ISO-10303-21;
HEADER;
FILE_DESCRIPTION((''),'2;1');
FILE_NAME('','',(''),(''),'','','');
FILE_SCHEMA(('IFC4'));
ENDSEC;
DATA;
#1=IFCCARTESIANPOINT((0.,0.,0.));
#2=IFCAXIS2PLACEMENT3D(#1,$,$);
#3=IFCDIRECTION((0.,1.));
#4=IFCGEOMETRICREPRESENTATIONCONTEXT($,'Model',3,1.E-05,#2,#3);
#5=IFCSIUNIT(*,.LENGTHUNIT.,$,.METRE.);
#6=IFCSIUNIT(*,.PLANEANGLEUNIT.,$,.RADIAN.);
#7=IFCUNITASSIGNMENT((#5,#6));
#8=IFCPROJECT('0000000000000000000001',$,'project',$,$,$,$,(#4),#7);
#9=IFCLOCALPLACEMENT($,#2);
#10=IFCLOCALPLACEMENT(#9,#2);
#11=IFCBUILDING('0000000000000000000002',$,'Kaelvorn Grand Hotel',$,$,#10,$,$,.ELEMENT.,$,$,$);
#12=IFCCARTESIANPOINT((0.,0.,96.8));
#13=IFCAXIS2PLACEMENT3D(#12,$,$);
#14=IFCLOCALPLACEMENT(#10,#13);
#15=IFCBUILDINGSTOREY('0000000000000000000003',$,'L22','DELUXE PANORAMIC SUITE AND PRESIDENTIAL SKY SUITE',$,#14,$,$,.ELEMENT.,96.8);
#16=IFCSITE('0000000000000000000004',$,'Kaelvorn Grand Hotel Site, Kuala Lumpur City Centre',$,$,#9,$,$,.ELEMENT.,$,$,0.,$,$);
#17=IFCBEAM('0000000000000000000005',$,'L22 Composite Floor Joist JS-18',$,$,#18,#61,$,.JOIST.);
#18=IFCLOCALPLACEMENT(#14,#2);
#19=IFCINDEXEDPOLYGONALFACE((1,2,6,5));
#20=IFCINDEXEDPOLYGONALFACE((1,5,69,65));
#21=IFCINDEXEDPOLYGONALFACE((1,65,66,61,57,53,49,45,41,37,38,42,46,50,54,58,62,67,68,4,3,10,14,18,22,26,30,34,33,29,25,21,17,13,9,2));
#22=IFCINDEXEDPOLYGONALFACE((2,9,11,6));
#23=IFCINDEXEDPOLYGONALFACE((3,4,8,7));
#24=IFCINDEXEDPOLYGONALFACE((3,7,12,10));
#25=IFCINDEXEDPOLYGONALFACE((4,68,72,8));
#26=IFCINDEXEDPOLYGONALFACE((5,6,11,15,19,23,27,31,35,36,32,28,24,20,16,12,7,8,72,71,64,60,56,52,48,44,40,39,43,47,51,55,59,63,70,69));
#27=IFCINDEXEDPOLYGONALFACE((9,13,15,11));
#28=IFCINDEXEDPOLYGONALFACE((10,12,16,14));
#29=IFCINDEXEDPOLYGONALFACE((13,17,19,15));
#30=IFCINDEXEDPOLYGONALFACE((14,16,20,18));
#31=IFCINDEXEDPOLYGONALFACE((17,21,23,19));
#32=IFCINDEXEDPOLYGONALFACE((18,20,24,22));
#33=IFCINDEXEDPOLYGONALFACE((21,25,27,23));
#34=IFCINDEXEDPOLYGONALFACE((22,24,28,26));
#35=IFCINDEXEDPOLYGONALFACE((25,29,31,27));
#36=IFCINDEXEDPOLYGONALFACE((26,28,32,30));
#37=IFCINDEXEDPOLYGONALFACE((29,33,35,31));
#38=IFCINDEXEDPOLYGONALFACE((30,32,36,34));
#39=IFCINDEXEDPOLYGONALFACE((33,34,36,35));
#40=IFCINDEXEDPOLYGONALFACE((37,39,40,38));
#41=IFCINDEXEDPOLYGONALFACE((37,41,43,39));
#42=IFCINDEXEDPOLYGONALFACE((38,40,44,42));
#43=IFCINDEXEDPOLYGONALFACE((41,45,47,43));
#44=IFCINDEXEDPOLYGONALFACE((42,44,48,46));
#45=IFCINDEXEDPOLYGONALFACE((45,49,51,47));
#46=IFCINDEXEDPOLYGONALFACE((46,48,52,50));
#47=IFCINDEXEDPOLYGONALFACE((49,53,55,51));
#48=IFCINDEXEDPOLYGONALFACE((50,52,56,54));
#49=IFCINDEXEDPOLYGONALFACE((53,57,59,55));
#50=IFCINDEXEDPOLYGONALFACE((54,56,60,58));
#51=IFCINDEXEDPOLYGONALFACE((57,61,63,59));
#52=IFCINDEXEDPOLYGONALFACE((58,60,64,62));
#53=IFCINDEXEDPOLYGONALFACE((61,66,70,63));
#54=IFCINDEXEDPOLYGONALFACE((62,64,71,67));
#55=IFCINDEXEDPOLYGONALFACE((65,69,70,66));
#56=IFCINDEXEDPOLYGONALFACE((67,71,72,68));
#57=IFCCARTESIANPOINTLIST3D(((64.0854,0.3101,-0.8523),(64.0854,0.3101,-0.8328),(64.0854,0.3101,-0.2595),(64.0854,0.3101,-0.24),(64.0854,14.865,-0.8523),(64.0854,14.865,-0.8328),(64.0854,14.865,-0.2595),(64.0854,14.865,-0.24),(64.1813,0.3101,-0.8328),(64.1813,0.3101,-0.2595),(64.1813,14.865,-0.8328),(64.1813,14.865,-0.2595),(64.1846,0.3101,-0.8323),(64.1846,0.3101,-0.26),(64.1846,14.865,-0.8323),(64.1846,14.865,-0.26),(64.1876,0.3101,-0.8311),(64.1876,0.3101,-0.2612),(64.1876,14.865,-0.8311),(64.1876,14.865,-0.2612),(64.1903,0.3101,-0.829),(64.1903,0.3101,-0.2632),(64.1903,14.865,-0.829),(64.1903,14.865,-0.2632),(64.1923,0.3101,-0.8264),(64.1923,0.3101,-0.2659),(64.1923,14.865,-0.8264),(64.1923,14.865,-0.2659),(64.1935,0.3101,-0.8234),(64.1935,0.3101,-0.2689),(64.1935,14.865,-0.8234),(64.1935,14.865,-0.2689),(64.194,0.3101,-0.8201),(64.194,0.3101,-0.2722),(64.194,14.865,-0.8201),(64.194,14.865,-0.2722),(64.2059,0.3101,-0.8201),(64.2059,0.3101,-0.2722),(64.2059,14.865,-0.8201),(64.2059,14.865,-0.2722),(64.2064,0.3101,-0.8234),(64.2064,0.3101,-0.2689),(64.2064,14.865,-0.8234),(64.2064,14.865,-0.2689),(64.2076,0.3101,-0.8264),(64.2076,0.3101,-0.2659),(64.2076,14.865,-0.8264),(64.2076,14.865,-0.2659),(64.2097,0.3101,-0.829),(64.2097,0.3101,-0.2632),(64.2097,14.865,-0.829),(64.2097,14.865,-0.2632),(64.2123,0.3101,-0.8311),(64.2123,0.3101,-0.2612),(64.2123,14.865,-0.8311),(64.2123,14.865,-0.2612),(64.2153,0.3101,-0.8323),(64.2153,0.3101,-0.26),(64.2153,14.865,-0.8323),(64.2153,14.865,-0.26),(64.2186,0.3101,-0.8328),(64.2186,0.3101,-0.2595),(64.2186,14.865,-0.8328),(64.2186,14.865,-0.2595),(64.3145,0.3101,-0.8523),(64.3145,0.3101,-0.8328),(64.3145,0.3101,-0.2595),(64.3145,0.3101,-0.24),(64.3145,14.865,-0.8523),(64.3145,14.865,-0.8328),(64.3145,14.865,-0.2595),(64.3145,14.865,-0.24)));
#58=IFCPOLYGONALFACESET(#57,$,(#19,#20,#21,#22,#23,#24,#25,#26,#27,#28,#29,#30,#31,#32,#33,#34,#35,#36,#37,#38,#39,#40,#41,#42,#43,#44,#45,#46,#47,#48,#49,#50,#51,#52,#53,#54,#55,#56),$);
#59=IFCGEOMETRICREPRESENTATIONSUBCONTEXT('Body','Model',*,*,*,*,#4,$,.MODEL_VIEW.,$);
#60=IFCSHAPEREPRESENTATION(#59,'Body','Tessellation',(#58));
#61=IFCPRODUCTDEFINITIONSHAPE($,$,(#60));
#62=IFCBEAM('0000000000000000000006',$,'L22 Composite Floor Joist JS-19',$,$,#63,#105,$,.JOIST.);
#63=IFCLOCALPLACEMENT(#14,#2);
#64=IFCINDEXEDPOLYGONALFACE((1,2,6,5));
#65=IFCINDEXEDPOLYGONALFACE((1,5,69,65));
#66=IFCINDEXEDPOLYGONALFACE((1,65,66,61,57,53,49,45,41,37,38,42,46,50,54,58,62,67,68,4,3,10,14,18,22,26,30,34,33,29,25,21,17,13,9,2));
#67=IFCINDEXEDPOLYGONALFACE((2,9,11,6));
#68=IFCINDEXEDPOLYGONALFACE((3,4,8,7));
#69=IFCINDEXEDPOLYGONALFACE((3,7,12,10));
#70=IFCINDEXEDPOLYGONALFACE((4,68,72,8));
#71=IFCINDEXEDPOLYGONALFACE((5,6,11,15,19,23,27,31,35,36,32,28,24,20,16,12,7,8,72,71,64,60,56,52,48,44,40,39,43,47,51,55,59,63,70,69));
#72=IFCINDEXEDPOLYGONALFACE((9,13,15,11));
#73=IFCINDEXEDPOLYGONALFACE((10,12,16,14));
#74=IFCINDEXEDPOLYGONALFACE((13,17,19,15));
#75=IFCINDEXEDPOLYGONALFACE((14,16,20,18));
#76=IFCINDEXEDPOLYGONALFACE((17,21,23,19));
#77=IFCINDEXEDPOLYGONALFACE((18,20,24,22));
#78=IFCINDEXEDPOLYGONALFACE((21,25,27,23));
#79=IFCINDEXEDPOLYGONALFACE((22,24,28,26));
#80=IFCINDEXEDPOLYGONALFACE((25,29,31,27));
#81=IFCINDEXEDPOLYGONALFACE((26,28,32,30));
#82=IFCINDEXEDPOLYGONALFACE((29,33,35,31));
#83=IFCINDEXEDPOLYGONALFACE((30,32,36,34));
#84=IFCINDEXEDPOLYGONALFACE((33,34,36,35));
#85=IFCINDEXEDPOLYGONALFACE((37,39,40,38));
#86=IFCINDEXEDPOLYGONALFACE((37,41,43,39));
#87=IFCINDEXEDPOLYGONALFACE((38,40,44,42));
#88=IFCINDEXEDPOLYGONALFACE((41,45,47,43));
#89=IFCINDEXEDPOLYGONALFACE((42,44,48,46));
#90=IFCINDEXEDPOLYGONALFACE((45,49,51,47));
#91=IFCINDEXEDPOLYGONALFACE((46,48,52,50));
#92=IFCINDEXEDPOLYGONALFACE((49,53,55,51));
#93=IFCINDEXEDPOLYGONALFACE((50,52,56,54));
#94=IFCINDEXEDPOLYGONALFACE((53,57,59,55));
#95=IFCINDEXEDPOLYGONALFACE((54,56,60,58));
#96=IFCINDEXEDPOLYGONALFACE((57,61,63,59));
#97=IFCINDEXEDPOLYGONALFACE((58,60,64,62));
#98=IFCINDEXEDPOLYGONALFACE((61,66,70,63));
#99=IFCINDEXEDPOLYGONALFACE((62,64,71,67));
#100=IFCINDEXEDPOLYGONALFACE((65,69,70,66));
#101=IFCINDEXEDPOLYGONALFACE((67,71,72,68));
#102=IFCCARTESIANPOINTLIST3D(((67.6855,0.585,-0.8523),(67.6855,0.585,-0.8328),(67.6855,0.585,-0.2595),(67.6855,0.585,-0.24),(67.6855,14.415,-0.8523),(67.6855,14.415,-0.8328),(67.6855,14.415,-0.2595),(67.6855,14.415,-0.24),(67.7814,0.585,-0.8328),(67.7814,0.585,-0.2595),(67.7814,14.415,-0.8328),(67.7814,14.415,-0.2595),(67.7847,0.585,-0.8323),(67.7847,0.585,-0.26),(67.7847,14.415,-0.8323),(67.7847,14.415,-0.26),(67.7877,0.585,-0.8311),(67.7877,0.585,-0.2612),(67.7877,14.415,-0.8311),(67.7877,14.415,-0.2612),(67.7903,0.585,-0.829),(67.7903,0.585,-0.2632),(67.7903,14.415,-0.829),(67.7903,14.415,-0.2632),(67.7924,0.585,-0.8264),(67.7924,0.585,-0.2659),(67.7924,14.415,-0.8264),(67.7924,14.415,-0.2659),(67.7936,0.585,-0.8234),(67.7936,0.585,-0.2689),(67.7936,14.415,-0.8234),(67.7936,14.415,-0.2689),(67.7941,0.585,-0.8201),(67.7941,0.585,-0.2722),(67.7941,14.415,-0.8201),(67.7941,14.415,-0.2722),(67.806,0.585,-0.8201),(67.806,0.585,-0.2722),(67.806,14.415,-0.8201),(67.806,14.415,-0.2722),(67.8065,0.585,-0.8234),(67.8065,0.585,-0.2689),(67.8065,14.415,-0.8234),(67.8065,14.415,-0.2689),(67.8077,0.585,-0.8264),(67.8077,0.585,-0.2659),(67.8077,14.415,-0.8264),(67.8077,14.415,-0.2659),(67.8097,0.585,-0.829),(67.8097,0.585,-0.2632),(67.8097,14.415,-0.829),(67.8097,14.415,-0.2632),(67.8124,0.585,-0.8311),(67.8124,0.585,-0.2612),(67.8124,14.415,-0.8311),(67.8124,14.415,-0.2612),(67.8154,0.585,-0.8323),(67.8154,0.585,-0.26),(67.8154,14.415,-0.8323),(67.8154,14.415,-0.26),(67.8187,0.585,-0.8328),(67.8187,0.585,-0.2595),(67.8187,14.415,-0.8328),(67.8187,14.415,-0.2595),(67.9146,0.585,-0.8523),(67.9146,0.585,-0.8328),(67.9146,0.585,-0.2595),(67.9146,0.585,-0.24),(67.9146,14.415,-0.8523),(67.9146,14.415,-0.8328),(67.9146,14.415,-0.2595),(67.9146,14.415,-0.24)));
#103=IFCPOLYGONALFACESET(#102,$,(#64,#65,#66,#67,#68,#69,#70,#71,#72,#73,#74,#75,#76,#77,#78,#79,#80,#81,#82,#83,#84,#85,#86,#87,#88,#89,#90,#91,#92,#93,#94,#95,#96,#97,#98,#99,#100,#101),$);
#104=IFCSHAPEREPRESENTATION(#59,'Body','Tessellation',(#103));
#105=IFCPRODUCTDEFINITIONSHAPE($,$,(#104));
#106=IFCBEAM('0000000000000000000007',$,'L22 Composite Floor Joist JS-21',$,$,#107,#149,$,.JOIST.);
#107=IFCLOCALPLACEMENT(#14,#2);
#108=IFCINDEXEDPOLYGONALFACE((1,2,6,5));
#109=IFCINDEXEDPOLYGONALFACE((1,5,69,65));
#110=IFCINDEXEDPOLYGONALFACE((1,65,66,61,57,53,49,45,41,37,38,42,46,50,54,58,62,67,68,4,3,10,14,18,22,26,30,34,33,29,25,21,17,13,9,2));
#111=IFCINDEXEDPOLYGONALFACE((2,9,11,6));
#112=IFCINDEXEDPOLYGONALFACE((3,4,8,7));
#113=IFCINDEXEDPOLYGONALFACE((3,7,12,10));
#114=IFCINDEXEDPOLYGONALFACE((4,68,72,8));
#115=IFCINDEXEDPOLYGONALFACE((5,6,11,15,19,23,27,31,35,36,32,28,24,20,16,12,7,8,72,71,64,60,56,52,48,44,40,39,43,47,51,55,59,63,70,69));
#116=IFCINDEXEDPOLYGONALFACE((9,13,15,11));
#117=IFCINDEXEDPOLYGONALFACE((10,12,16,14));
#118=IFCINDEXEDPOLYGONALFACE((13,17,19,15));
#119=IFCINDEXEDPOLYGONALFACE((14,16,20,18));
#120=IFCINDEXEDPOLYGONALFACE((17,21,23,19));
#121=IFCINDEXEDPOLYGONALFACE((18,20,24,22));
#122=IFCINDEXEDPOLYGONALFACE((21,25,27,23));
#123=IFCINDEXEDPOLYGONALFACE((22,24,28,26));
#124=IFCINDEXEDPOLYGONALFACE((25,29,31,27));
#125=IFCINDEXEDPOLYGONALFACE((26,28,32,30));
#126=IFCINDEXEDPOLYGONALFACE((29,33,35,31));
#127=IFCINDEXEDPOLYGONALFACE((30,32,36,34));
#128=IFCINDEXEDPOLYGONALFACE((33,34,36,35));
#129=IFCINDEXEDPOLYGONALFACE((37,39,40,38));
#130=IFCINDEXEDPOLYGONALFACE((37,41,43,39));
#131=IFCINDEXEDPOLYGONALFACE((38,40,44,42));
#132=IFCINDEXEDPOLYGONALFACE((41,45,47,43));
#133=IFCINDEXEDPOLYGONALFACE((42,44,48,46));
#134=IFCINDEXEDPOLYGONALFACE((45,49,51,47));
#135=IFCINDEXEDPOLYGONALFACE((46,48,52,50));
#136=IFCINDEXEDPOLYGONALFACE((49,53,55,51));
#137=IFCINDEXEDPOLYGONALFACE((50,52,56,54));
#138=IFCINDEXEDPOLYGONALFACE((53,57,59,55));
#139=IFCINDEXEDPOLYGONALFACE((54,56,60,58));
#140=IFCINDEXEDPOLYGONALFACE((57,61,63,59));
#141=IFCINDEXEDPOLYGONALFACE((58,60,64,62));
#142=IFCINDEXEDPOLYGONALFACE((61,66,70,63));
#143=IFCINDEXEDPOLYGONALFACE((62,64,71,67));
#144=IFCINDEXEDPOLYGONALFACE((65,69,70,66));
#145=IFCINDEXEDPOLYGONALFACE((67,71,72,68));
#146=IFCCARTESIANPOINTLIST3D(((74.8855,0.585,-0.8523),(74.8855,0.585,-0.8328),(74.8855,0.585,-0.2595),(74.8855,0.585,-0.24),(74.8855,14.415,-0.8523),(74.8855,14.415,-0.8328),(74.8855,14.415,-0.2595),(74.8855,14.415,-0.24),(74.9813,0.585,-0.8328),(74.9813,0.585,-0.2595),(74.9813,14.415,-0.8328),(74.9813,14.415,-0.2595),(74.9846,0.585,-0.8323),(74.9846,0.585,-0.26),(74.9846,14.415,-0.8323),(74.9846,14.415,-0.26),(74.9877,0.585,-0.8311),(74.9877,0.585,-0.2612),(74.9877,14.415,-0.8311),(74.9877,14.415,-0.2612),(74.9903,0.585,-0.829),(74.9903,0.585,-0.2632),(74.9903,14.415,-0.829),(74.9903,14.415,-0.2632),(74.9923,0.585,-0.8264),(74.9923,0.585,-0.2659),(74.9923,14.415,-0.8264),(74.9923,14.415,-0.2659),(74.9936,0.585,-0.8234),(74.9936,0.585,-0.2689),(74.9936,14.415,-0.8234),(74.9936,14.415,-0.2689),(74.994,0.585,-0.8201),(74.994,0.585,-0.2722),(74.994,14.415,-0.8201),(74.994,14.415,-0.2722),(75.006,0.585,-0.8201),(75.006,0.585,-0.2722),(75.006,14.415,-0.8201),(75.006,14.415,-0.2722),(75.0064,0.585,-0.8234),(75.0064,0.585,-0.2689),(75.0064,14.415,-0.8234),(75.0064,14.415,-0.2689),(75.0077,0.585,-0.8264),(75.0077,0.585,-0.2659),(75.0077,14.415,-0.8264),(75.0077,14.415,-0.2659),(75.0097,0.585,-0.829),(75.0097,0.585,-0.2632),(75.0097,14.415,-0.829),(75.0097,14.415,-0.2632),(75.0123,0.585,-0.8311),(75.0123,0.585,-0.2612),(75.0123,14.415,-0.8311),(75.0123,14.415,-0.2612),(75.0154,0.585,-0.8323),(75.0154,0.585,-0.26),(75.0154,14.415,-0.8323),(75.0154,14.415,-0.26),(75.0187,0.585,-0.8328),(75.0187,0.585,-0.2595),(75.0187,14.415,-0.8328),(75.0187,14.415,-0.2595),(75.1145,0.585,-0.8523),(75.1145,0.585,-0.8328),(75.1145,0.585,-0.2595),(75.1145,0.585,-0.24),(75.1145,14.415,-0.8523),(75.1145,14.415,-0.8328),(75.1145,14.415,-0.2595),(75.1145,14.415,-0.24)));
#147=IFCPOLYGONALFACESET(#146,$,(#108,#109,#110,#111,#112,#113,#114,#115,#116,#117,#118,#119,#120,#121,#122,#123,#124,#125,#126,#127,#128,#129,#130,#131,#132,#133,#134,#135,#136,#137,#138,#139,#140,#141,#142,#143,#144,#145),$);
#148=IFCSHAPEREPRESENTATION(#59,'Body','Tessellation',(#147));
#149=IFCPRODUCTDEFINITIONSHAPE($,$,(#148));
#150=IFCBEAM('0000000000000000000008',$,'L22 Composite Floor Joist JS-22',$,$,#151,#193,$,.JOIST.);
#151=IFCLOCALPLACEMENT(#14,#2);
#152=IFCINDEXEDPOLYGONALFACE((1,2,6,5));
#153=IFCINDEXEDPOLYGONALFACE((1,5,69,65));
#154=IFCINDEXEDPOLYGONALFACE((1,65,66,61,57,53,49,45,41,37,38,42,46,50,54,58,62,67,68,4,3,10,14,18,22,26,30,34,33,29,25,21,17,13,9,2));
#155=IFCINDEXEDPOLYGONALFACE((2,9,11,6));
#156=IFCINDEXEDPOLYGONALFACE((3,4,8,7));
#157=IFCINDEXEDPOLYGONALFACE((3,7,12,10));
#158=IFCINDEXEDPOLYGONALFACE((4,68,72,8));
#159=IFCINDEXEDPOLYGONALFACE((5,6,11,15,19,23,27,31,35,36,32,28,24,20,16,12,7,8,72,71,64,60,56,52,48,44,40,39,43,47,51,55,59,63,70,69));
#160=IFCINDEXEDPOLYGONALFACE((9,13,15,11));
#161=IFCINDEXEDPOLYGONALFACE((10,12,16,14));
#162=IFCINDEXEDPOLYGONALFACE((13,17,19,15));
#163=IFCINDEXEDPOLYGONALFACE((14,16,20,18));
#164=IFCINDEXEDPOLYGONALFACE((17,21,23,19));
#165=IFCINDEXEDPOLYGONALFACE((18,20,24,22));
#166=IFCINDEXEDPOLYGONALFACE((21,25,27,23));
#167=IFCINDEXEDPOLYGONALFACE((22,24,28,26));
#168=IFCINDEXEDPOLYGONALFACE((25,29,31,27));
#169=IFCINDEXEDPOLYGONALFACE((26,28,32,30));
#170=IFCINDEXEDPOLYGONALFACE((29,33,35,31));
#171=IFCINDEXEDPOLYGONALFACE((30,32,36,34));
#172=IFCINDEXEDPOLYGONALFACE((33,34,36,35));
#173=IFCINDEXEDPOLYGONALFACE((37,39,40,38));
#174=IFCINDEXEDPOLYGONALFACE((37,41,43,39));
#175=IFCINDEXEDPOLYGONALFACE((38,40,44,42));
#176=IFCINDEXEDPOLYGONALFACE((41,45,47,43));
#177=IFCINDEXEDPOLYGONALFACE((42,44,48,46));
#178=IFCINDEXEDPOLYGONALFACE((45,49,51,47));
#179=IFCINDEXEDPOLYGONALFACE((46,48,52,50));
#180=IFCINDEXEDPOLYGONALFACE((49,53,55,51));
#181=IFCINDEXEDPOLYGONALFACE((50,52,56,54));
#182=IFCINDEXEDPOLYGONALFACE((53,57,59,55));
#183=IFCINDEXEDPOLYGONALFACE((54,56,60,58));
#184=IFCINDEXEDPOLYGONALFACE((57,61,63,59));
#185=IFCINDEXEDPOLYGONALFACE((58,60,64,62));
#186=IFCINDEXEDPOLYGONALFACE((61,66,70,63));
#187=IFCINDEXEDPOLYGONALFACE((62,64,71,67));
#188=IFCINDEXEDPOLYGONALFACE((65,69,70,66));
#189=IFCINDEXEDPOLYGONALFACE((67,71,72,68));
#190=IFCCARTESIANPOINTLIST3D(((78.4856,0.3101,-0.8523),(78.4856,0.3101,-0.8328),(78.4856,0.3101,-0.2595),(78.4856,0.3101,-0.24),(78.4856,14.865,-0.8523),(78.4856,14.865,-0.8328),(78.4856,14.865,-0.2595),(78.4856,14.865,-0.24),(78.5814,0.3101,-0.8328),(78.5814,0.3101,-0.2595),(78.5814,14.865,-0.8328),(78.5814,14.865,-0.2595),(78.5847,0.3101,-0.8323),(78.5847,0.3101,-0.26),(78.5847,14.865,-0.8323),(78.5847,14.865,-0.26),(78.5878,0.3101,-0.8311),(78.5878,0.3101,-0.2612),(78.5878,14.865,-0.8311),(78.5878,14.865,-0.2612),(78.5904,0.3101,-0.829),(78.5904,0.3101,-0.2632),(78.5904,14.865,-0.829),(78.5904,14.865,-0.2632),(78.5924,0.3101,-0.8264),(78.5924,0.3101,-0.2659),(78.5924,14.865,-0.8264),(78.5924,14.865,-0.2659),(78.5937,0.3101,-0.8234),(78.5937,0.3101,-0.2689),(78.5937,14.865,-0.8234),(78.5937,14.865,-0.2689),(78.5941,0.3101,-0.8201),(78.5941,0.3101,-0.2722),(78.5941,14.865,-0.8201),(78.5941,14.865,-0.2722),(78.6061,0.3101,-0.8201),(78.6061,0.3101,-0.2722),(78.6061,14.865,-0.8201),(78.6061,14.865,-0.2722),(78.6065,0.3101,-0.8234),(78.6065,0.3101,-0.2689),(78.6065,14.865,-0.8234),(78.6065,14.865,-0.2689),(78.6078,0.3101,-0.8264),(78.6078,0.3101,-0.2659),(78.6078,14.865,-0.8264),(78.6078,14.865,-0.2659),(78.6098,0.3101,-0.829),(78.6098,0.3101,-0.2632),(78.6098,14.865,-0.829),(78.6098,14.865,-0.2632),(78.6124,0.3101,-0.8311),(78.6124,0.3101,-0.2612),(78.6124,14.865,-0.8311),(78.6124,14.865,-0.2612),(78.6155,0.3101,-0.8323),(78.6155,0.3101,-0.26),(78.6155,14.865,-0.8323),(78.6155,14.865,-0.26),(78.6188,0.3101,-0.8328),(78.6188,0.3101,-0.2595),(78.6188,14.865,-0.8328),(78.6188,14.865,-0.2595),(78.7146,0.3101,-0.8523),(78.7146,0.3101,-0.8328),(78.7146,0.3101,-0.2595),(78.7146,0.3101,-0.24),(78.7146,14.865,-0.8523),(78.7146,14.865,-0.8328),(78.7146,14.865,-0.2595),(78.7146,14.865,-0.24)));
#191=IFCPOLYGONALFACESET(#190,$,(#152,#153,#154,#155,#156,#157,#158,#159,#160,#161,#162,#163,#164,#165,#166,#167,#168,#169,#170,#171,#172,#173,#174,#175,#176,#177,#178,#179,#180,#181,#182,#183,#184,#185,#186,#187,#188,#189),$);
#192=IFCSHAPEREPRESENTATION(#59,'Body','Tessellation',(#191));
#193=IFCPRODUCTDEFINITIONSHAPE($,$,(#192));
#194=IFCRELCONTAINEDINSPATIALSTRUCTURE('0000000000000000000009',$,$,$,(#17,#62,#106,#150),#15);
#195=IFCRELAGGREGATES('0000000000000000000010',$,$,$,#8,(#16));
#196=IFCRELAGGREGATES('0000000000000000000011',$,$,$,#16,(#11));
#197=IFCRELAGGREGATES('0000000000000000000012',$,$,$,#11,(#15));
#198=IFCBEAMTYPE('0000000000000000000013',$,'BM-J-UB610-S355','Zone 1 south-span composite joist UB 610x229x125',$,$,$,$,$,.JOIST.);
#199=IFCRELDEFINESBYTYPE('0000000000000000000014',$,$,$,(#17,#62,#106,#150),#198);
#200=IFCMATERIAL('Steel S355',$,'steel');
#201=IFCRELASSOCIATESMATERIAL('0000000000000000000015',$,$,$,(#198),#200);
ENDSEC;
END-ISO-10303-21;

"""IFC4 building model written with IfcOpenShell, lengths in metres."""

from ifc_helpers import new_model, si_unit, direction, frame, origin, origin_2d, place, context, subcontext, project, spatial, i_section, extrude, material, material_profile, profile_set, type_object, element, save


model = new_model("IFC4")

# Units and contexts
model_context = context("Model", 3, precision=1e-05, world=origin(), true_north=direction((0.0, 1.0)))
body_context = subcontext(model_context, "Body", "Model", "MODEL_VIEW")
ifc_project = project(units=[si_unit("LENGTHUNIT", "METRE"), si_unit("PLANEANGLEUNIT", "RADIAN")], contexts=[model_context])

# Site, building, storey
site_placement = place(None, origin())
site = spatial("IfcSite", under=ifc_project, at=site_placement, Name="Kaelvorn Grand Hotel Site, Kuala Lumpur City Centre", CompositionType="ELEMENT", RefElevation=0.0)
building_placement = place(site_placement, origin())
building = spatial("IfcBuilding", under=site, at=building_placement, Name="Kaelvorn Grand Hotel", CompositionType="ELEMENT")
storey_placement = place(building_placement, frame((0.0, 0.0, 96.8)))
storey = spatial("IfcBuildingStorey", under=building, at=storey_placement, Name="L22", Description="DELUXE PANORAMIC SUITE AND PRESIDENTIAL SKY SUITE", CompositionType="ELEMENT", Elevation=96.8)

# Beams
ifc_material_1 = material(Name="Steel S355", Category="steel")
ifc_material_profile_1 = material_profile(ifc_material_1, i_section(OverallWidth=0.229, OverallDepth=0.6123, WebThickness=0.012, FlangeThickness=0.0195, FilletRadius=0.0127, at=origin_2d()), Name="UB 610x229x125")
ifc_profile_set_1 = profile_set([ifc_material_profile_1], Name="Steel S355")
beam_type_1 = type_object("IfcBeamType", Name="BM-J-UB610-S355", Description="Zone 1 south-span composite joist UB 610x229x125", PredefinedType="JOIST", material=ifc_profile_set_1)
beam_1_placement = place(storey_placement, frame((64.2, 0.3101, -0.5461), z_axis=(0.0, 1.0, 0.0), x_axis=(-1.0, 0.0, 0.0)))
element("IfcBeam", 1, at=beam_1_placement, inside=storey, type_object=beam_type_1, Name="L22 Composite Floor Joist JS-18", PredefinedType="JOIST", context=body_context, shape_type="SweptSolid", body=[
    extrude(i_section(OverallWidth=0.229, OverallDepth=0.6123, WebThickness=0.012, FlangeThickness=0.0195, FilletRadius=0.0127, at=origin_2d()), origin(), (0.0, 0.0, 1.0), 14.5549),
])
for number, where, z_axis, x_axis, name in (
    (2, (67.8, 0.585, -0.5461), (0.0, 1.0, 0.0), (-1.0, 0.0, 0.0), "L22 Composite Floor Joist JS-19"),
    (3, (75.0, 0.585, -0.5461), (0.0, 1.0, 0.0), (-1.0, 0.0, 0.0), "L22 Composite Floor Joist JS-21"),
):
    element("IfcBeam", number, at=place(storey_placement, frame(where, z_axis=z_axis, x_axis=x_axis)), inside=storey, type_object=beam_type_1, Name=name, PredefinedType="JOIST", context=body_context, shape_type="SweptSolid", body=[
        extrude(i_section(OverallWidth=0.229, OverallDepth=0.6123, WebThickness=0.012, FlangeThickness=0.0195, FilletRadius=0.0127, at=origin_2d()), origin(), (0.0, 0.0, 1.0), 13.8301),
    ])
beam_2_placement = place(storey_placement, frame((78.6001, 0.3101, -0.5461), z_axis=(0.0, 1.0, 0.0), x_axis=(-1.0, 0.0, 0.0)))
element("IfcBeam", 4, at=beam_2_placement, inside=storey, type_object=beam_type_1, Name="L22 Composite Floor Joist JS-22", PredefinedType="JOIST", context=body_context, shape_type="SweptSolid", body=[
    extrude(i_section(OverallWidth=0.229, OverallDepth=0.6123, WebThickness=0.012, FlangeThickness=0.0195, FilletRadius=0.0127, at=origin_2d()), origin(), (0.0, 0.0, 1.0), 14.5549),
])

save(model, "model.ifc")
